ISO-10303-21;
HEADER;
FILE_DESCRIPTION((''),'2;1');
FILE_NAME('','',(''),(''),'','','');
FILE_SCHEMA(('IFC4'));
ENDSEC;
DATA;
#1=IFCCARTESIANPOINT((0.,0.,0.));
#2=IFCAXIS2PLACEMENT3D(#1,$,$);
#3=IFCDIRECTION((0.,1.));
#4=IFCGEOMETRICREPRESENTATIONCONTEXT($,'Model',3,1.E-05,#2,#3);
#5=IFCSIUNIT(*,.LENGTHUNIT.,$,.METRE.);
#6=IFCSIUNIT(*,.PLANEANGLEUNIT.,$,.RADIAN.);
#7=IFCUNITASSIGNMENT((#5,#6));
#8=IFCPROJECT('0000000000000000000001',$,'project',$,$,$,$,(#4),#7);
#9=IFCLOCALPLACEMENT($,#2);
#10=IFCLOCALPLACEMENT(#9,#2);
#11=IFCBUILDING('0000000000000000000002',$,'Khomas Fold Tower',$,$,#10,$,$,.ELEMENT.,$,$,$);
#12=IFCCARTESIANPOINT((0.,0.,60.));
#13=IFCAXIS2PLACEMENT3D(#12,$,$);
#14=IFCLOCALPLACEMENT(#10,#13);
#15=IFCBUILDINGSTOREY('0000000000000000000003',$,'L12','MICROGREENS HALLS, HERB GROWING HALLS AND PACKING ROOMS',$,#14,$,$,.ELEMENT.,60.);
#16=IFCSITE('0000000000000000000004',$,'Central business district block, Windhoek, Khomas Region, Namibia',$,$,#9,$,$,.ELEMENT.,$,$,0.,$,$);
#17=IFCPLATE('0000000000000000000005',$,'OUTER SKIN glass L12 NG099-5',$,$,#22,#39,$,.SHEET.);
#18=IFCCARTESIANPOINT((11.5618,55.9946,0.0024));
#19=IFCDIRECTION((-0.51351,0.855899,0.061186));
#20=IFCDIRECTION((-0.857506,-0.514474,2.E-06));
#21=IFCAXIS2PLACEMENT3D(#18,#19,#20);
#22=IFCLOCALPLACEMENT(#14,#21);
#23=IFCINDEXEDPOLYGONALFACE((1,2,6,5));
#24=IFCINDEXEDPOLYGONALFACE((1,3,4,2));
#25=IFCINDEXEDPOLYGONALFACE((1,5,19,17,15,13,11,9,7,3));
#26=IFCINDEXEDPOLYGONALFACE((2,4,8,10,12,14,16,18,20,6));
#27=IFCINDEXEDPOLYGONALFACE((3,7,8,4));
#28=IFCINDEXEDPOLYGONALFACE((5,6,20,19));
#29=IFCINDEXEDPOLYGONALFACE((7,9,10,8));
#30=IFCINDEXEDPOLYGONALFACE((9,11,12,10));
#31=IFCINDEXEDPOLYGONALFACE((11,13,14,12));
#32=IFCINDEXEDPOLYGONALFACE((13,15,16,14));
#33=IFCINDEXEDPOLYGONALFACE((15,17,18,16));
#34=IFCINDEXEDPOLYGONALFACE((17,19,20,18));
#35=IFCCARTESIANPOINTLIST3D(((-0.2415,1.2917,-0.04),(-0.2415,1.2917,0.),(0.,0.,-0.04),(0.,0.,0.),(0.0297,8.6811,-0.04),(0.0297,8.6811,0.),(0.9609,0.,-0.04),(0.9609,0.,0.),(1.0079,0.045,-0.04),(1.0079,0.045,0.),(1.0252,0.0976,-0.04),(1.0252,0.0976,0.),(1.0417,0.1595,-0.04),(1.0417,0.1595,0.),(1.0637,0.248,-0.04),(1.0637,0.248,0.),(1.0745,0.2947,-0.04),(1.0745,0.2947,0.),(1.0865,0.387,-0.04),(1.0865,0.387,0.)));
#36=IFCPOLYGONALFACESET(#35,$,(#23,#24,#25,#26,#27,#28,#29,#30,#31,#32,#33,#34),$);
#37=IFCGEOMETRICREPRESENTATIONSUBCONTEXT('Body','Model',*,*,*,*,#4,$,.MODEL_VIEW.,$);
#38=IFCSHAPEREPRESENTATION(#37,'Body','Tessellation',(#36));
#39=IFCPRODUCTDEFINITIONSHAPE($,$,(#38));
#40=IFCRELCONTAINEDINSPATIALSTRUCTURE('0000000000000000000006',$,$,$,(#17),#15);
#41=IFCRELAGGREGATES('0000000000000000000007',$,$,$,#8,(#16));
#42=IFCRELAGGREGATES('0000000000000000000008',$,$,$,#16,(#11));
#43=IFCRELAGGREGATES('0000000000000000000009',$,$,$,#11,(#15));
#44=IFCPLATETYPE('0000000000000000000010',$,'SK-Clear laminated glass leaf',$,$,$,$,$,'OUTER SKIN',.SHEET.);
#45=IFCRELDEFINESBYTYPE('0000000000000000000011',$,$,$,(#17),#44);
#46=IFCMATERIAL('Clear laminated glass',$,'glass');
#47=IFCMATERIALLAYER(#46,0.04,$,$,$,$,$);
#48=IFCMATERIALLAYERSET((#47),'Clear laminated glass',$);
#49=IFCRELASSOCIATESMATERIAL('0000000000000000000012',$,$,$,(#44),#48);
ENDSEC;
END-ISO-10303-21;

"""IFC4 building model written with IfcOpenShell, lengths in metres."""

from ifc_helpers import new_model, si_unit, direction, frame, origin, place, context, subcontext, project, spatial, polyline, outline, extrude, material, layer, layer_set, type_object, element, save


model = new_model("IFC4")

# Units and contexts
model_context = context("Model", 3, precision=1e-05, world=origin(), true_north=direction((0.0, 1.0)))
body_context = subcontext(model_context, "Body", "Model", "MODEL_VIEW")
ifc_project = project(units=[si_unit("LENGTHUNIT", "METRE"), si_unit("PLANEANGLEUNIT", "RADIAN")], contexts=[model_context])

# Site, building, storey
site_placement = place(None, origin())
site = spatial("IfcSite", under=ifc_project, at=site_placement, Name="Central business district block, Windhoek, Khomas Region, Namibia", CompositionType="ELEMENT", RefElevation=0.0)
building_placement = place(site_placement, origin())
building = spatial("IfcBuilding", under=site, at=building_placement, Name="Khomas Fold Tower", CompositionType="ELEMENT")
storey_placement = place(building_placement, frame((0.0, 0.0, 60.0)))
storey = spatial("IfcBuildingStorey", under=building, at=storey_placement, Name="L12", Description="MICROGREENS HALLS, HERB GROWING HALLS AND PACKING ROOMS", CompositionType="ELEMENT", Elevation=60.0)

# Plate
ifc_material_1 = material(Name="Clear laminated glass", Category="glass")
ifc_layer_1 = layer(ifc_material_1, 0.04)
ifc_layer_set_1 = layer_set([ifc_layer_1], Name="Clear laminated glass")
plate_type_1 = type_object("IfcPlateType", Name="SK-Clear laminated glass leaf", ElementType="OUTER SKIN", PredefinedType="SHEET", material=ifc_layer_set_1)
plate_1_placement = place(storey_placement, frame((11.5618, 55.9946, 0.0024), z_axis=(-0.51351, 0.855899, 0.061186), x_axis=(-0.857506, -0.514474, 0.000002)))
element("IfcPlate", 1, at=plate_1_placement, inside=storey, type_object=plate_type_1, Name="OUTER SKIN glass L12 NG099-5", PredefinedType="SHEET", context=body_context, shape_type="SweptSolid", body=[
    extrude(outline(polyline([(0.0, 0.0), (0.9609, 0.0), (1.0079, 0.045), (1.0252, 0.0976), (1.0417, 0.1595), (1.0637, 0.248), (1.0745, 0.2947), (1.0865, 0.387), (0.0297, 8.6811), (-0.2415, 1.2917), (0.0, 0.0)])), origin(), (0.0, 0.0, -1.0), 0.04),
])

save(model, "model.ifc")
